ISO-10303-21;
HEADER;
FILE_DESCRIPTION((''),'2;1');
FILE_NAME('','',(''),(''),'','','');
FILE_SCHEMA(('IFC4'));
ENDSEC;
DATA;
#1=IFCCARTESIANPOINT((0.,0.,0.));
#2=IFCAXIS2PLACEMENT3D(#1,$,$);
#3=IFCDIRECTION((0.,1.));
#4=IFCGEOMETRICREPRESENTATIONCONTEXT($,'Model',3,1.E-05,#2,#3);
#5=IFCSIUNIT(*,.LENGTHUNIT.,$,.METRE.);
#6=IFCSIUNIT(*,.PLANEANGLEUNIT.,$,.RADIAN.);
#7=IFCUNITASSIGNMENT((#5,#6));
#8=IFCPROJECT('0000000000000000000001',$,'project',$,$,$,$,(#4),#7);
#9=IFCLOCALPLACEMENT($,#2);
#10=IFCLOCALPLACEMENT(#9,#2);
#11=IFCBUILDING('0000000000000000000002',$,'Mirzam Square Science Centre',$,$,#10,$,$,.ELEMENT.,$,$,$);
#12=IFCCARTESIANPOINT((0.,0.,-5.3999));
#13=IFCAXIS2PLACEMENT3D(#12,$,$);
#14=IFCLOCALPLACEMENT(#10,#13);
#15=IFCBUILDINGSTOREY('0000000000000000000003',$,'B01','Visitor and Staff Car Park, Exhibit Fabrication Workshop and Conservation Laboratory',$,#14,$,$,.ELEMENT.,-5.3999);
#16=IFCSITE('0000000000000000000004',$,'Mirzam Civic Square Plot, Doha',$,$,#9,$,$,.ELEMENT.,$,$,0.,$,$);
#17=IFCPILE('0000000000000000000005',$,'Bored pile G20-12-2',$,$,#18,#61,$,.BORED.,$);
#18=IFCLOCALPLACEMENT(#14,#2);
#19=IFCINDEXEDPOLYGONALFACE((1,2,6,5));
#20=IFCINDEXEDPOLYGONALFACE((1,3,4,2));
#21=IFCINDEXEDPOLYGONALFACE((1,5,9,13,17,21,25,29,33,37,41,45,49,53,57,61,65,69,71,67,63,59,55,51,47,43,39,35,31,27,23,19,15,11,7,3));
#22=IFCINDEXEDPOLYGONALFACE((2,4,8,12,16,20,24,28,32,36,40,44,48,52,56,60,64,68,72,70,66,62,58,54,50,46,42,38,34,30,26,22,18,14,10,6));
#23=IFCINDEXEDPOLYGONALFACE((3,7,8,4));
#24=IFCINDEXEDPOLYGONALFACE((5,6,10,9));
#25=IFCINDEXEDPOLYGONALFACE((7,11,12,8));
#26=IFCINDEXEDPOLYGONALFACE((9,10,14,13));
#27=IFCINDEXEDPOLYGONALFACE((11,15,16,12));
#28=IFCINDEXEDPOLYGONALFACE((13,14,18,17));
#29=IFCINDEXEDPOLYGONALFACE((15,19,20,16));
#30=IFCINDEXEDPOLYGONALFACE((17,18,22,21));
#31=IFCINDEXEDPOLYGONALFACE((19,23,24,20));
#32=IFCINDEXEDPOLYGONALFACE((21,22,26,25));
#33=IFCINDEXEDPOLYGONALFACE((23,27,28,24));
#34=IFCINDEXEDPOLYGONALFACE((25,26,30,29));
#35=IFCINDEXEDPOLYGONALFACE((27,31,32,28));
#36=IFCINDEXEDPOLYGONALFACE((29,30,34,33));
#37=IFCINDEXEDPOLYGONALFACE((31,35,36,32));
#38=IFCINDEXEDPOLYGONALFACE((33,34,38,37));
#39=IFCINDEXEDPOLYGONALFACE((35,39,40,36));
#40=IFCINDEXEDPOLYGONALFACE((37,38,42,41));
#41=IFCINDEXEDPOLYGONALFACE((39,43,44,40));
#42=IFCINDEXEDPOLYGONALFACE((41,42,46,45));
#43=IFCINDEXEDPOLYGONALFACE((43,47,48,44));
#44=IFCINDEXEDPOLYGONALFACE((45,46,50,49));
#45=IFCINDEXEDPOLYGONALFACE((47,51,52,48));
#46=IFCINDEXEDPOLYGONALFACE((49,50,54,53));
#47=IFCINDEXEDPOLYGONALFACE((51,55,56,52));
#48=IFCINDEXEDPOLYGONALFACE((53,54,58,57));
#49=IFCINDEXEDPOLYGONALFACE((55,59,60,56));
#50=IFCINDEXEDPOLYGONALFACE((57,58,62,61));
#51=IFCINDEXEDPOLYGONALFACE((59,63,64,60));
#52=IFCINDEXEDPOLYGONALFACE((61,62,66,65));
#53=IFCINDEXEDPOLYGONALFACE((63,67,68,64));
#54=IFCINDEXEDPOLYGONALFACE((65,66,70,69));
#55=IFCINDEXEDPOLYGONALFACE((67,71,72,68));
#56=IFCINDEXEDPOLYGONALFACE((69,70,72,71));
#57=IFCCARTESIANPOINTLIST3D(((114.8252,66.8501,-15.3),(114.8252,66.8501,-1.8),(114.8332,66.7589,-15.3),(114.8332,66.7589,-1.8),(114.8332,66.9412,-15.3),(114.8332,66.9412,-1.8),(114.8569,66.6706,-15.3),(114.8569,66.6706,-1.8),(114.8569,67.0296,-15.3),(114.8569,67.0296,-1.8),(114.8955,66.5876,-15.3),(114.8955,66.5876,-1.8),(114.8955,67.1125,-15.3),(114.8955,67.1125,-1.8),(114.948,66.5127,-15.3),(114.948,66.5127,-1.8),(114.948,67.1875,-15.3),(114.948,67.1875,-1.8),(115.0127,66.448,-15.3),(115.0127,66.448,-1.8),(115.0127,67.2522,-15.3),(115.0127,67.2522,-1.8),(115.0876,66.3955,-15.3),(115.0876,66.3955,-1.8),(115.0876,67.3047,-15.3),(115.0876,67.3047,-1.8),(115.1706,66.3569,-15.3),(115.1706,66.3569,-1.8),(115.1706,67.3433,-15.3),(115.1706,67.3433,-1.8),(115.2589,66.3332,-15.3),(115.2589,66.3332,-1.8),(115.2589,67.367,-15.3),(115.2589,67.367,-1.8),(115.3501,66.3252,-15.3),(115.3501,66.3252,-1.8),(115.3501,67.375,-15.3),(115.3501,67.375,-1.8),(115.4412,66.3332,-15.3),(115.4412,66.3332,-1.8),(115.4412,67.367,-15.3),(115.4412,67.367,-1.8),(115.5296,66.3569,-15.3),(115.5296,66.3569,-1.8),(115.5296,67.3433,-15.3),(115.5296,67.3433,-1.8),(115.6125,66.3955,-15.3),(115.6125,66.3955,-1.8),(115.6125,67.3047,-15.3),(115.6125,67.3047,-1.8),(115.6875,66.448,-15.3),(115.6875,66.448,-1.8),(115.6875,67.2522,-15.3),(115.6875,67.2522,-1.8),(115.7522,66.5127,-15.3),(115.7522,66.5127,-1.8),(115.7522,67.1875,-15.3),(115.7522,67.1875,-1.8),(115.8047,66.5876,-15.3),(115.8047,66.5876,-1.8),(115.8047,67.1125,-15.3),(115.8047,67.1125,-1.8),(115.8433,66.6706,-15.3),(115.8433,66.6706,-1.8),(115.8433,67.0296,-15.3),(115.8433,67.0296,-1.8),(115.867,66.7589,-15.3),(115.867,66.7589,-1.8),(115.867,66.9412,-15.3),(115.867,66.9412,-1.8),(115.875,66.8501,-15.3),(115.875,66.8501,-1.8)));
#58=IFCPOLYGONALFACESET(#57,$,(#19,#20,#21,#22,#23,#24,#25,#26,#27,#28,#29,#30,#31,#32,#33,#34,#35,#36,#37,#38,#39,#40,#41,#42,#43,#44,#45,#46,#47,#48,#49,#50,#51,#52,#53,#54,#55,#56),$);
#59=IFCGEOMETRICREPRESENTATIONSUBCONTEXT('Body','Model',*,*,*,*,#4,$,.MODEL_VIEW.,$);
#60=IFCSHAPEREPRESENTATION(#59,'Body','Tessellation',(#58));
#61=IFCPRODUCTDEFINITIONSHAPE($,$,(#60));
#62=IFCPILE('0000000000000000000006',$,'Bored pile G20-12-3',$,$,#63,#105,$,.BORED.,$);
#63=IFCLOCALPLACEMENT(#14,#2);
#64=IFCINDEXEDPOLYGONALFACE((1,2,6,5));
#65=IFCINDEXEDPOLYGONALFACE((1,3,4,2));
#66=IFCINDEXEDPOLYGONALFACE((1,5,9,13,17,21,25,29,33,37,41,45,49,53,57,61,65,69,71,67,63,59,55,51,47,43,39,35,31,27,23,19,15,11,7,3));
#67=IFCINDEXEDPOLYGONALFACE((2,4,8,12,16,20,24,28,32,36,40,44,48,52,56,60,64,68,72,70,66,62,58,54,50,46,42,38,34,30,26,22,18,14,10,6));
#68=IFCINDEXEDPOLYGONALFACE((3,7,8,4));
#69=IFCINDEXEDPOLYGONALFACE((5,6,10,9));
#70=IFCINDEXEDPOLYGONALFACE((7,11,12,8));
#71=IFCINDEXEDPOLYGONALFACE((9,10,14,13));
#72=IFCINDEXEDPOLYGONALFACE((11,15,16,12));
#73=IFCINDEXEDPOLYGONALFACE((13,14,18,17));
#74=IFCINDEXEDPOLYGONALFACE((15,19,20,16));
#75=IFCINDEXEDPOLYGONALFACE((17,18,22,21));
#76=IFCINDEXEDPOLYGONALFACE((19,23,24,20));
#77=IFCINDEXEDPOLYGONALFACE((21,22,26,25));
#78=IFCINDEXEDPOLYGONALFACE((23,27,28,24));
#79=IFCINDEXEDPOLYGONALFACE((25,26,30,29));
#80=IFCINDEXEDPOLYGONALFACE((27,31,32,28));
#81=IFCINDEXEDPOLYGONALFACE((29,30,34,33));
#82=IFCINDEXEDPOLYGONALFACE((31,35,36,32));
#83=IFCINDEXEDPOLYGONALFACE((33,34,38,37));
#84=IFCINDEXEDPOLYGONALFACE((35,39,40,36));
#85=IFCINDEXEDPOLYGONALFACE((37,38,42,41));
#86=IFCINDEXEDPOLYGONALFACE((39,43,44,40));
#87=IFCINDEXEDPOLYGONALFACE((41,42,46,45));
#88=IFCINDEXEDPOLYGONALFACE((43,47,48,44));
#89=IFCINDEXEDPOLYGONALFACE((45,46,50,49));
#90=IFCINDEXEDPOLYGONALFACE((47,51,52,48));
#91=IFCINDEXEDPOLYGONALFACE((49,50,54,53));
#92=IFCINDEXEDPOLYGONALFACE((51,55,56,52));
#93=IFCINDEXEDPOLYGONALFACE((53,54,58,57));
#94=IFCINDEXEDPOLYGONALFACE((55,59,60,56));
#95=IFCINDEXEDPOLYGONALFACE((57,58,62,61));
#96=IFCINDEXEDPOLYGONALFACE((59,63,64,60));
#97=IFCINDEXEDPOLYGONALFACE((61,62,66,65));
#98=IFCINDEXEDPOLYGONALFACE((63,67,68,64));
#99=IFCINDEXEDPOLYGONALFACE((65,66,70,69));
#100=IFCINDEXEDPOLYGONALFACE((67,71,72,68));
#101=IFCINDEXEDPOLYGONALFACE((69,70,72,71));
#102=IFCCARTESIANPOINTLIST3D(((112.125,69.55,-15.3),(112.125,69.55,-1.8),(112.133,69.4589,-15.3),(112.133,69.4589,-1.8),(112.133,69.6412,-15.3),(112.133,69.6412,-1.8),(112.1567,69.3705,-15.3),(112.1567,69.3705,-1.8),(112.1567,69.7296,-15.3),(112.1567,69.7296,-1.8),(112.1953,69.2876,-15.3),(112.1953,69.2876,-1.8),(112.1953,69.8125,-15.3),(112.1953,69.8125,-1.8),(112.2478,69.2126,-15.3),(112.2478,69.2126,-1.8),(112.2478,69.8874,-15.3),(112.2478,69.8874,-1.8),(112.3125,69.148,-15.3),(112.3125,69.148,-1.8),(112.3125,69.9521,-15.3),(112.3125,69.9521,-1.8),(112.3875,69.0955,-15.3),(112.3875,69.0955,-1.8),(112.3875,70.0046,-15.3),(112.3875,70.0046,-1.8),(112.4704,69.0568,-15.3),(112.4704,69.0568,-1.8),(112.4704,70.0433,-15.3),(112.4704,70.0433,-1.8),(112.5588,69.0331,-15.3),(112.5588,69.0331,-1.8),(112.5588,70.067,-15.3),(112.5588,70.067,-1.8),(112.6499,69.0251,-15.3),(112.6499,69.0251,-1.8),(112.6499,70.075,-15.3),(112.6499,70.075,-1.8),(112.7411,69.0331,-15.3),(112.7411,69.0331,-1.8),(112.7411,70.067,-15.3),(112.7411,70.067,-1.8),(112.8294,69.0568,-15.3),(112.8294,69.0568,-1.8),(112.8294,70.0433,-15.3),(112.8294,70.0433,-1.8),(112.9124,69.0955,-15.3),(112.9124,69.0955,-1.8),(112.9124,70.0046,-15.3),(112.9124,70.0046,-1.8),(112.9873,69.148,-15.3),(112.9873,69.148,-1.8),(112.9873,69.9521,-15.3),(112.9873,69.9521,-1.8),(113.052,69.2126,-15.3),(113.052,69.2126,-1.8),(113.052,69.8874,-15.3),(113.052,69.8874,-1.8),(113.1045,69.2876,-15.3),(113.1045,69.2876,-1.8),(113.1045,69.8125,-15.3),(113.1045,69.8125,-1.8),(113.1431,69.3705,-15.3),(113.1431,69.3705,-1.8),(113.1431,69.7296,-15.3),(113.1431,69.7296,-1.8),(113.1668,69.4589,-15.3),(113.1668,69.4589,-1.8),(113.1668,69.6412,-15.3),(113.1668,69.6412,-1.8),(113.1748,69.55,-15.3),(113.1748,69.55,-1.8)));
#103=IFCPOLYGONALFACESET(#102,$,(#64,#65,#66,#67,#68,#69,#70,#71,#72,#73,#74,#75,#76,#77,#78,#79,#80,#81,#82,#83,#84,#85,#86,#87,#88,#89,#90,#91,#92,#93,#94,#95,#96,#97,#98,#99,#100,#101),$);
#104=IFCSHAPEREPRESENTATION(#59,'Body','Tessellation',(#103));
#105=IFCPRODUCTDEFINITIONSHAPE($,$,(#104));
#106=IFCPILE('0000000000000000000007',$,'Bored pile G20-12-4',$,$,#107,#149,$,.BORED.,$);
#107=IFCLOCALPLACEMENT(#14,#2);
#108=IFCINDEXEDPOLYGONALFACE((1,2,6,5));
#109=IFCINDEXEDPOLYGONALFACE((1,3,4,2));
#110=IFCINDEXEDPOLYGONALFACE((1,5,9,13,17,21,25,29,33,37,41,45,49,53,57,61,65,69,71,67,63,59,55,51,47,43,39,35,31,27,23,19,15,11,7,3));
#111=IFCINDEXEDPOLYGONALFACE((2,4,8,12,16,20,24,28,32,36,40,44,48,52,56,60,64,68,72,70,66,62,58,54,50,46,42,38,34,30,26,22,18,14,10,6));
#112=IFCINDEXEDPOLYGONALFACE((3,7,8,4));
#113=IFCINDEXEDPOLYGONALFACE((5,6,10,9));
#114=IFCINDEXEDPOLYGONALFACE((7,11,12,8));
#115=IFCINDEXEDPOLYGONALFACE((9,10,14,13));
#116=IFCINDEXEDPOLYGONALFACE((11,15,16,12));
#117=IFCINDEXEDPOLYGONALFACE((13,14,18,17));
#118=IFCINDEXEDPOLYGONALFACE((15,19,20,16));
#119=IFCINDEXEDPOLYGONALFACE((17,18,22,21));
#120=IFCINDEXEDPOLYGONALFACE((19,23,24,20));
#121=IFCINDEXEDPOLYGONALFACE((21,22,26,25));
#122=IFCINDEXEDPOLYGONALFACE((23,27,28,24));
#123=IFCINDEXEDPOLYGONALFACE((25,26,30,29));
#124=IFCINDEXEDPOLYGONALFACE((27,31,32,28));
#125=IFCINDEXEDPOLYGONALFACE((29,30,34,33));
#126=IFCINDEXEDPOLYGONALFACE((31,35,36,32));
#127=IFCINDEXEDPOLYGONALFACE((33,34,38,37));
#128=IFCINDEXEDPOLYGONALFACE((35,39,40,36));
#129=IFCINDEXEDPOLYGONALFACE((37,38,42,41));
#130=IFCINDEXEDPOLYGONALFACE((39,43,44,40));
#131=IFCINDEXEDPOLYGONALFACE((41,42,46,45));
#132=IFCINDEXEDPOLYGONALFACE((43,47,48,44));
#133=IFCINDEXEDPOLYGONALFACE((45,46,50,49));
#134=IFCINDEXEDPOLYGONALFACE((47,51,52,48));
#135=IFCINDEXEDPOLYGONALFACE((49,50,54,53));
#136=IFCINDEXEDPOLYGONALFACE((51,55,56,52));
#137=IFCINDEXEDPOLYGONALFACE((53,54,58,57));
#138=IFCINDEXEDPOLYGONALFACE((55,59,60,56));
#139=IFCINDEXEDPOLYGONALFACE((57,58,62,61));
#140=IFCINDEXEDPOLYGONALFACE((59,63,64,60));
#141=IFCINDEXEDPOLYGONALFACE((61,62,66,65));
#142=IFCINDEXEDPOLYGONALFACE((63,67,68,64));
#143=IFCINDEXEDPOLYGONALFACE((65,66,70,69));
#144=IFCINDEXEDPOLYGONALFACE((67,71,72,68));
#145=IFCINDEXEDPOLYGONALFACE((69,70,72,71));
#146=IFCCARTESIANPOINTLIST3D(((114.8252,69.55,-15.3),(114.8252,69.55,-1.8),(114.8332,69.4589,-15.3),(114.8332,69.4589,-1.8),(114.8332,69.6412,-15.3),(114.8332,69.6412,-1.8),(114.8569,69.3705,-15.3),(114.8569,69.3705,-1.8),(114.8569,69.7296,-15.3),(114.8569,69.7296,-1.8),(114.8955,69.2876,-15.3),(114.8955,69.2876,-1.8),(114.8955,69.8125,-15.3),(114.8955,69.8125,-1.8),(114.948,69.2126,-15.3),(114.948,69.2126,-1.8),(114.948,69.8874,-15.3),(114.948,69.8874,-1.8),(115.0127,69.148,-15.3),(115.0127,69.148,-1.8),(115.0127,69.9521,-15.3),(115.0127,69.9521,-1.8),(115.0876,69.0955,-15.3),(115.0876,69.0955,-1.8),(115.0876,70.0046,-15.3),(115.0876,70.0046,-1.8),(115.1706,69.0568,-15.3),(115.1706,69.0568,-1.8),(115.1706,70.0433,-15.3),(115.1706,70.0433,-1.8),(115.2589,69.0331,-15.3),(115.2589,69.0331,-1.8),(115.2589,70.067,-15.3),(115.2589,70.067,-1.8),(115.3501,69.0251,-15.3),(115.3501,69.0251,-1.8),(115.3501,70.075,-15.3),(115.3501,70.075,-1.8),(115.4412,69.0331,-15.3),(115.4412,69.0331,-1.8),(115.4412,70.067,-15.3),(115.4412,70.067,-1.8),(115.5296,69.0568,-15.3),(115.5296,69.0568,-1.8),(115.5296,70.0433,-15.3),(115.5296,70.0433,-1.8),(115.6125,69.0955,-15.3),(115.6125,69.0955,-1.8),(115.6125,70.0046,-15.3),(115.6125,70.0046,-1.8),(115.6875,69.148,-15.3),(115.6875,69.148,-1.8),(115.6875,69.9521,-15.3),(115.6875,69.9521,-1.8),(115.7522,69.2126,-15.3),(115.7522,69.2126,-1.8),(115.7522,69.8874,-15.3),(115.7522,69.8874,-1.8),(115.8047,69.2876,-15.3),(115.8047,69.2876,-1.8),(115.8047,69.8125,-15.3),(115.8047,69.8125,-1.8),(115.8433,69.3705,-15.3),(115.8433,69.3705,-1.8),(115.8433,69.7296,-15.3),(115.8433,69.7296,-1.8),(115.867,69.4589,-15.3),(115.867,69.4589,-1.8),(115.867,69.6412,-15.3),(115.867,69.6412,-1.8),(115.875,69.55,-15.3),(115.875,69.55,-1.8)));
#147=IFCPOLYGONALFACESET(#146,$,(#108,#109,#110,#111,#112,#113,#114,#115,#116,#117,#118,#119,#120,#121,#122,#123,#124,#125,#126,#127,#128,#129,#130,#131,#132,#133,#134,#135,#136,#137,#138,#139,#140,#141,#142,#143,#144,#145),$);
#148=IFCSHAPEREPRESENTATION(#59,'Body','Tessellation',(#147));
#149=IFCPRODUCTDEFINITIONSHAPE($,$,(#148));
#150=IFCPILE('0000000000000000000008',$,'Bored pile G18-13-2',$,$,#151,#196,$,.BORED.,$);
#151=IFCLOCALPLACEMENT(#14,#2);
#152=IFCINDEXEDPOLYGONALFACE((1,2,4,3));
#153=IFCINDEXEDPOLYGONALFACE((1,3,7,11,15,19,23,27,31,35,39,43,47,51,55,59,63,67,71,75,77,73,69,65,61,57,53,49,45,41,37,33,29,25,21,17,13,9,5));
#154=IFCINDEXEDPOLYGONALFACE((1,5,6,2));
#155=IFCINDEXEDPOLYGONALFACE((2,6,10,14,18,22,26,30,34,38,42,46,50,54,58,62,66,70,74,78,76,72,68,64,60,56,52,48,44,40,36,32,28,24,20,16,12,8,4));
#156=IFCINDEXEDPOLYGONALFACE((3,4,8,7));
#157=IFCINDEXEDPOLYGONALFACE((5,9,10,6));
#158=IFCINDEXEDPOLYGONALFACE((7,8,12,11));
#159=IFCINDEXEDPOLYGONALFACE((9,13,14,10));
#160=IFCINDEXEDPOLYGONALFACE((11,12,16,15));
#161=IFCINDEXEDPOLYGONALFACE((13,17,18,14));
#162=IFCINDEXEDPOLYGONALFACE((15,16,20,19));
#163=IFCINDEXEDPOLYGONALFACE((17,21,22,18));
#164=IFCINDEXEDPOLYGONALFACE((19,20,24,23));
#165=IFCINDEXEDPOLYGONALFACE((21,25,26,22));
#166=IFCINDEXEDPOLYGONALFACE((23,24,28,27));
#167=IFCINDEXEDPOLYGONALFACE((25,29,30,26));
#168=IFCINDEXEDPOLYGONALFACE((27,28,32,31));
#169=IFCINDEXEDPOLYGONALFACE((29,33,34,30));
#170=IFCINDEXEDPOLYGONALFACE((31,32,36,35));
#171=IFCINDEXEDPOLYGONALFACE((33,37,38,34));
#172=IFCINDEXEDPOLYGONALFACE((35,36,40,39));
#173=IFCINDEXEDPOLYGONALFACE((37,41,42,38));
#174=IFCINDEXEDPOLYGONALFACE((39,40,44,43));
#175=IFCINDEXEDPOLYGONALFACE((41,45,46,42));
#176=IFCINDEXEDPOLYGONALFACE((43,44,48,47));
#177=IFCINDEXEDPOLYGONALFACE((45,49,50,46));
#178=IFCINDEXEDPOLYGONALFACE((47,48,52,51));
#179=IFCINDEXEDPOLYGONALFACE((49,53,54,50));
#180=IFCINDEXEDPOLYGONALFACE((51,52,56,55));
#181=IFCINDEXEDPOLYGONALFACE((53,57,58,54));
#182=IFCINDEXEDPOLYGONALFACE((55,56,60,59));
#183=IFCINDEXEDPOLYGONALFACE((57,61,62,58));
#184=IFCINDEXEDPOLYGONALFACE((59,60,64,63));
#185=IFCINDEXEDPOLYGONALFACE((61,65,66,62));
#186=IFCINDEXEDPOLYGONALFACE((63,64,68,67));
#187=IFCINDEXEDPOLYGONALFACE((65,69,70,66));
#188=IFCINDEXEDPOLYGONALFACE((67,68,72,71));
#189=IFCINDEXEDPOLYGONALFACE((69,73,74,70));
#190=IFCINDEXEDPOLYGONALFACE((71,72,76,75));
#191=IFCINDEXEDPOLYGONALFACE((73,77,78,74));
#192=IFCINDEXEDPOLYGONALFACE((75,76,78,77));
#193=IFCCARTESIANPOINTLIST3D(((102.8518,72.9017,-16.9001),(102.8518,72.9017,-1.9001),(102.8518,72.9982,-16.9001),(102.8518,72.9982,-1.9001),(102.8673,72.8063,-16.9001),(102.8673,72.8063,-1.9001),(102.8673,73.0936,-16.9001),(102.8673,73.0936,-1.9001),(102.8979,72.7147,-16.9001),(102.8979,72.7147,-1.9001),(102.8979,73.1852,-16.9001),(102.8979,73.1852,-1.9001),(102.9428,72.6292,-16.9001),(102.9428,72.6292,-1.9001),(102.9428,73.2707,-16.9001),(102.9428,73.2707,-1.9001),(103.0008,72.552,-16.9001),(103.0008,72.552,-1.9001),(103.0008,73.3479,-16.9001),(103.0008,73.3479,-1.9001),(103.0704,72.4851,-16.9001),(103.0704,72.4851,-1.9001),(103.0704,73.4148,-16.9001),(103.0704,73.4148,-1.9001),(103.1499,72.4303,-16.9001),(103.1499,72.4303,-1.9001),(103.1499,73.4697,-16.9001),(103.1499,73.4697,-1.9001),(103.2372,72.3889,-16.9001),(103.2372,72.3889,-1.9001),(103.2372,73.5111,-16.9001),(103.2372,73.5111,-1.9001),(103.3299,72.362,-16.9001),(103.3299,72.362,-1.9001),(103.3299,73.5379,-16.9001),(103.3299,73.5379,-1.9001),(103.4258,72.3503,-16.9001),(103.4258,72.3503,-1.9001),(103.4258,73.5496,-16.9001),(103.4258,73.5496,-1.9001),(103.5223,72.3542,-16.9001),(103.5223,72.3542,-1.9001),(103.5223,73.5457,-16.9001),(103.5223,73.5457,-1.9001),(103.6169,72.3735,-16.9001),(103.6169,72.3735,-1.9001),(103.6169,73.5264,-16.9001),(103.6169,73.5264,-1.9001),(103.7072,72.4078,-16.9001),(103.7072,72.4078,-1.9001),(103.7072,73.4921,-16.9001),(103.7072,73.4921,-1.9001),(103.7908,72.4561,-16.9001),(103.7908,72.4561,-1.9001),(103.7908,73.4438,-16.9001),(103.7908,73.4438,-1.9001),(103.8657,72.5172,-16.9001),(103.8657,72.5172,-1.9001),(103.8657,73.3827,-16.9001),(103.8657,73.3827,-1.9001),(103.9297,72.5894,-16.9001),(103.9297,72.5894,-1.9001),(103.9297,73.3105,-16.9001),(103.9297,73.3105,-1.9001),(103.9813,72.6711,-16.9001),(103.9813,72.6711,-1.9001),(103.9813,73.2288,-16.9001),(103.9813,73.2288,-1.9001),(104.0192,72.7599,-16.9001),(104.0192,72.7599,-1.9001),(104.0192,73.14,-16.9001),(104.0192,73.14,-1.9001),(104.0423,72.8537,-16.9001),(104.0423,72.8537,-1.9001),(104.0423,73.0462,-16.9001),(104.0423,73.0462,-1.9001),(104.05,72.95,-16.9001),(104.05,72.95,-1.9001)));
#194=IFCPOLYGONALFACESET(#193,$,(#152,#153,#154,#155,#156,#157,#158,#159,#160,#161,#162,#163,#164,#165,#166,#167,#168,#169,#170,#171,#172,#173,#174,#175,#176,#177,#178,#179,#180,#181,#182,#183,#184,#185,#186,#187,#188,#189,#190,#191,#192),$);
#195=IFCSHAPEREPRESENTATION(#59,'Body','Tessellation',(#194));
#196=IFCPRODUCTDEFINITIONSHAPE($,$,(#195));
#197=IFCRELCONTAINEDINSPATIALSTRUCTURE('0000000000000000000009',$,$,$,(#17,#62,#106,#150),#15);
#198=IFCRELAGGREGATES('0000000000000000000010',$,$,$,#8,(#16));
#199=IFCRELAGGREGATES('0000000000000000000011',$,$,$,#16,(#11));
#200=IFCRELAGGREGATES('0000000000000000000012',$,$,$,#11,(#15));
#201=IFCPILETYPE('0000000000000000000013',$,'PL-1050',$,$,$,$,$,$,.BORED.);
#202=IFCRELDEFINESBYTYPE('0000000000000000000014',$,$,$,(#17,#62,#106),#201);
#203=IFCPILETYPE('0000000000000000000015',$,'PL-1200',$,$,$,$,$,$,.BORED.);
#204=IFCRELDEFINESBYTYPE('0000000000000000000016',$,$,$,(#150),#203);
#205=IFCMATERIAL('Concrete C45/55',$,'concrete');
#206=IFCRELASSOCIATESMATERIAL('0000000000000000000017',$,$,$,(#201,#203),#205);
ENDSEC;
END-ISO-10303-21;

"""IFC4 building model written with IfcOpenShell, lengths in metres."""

from ifc_helpers import new_model, si_unit, direction, frame, origin, origin_2d, place, context, subcontext, project, spatial, circle, extrude, material, material_profile, profile_set, type_object, element, save


model = new_model("IFC4")

# Units and contexts
model_context = context("Model", 3, precision=1e-05, world=origin(), true_north=direction((0.0, 1.0)))
body_context = subcontext(model_context, "Body", "Model", "MODEL_VIEW")
ifc_project = project(units=[si_unit("LENGTHUNIT", "METRE"), si_unit("PLANEANGLEUNIT", "RADIAN")], contexts=[model_context])

# Site, building, storey
site_placement = place(None, origin())
site = spatial("IfcSite", under=ifc_project, at=site_placement, Name="Mirzam Civic Square Plot, Doha", CompositionType="ELEMENT", RefElevation=0.0)
building_placement = place(site_placement, origin())
building = spatial("IfcBuilding", under=site, at=building_placement, Name="Mirzam Square Science Centre", CompositionType="ELEMENT")
storey_placement = place(building_placement, frame((0.0, 0.0, -5.3999)))
storey = spatial("IfcBuildingStorey", under=building, at=storey_placement, Name="B01", Description="Visitor and Staff Car Park, Exhibit Fabrication Workshop and Conservation Laboratory", CompositionType="ELEMENT", Elevation=-5.3999)

# Shared definitions
ifc_material_1 = material(Name="Concrete C45/55", Category="concrete")

# Piles
ifc_material_profile_1 = material_profile(ifc_material_1, circle(Radius=0.5249, at=origin_2d()), Name="PILE-D1050")
ifc_profile_set_1 = profile_set([ifc_material_profile_1], Name="Concrete C45/55")
pile_type_1 = type_object("IfcPileType", Name="PL-1050", PredefinedType="BORED", material=ifc_profile_set_1)
for number, where, z_axis, x_axis, name in (
    (1, (115.3501, 66.8501, -1.8), (0.0, 0.0, -1.0), (1.0, 0.0, 0.0), "Bored pile G20-12-2"),
    (2, (112.6499, 69.55, -1.8), (0.0, 0.0, -1.0), (1.0, 0.0, 0.0), "Bored pile G20-12-3"),
    (3, (115.3501, 69.55, -1.8), (0.0, 0.0, -1.0), (1.0, 0.0, 0.0), "Bored pile G20-12-4"),
):
    element("IfcPile", number, at=place(storey_placement, frame(where, z_axis=z_axis, x_axis=x_axis)), inside=storey, type_object=pile_type_1, Name=name, PredefinedType="BORED", context=body_context, shape_type="SweptSolid", body=[
        extrude(circle(Radius=0.5249, at=origin_2d()), origin(), (0.0, 0.0, 1.0), 13.5),
    ])
ifc_material_profile_2 = material_profile(ifc_material_1, circle(Radius=0.6001, at=origin_2d()), Name="PILE-D1200")
ifc_profile_set_2 = profile_set([ifc_material_profile_2], Name="Concrete C45/55")
pile_type_2 = type_object("IfcPileType", Name="PL-1200", PredefinedType="BORED", material=ifc_profile_set_2)
for number, where, z_axis, x_axis, name in (
    (4, (103.45, 72.95, -1.9001), (0.0, 0.0, -1.0), (1.0, 0.0, 0.0), "Bored pile G18-13-2"),
):
    element("IfcPile", number, at=place(storey_placement, frame(where, z_axis=z_axis, x_axis=x_axis)), inside=storey, type_object=pile_type_2, Name=name, PredefinedType="BORED", context=body_context, shape_type="SweptSolid", body=[
        extrude(circle(Radius=0.6001, at=origin_2d()), origin(), (0.0, 0.0, 1.0), 15.0),
    ])

save(model, "model.ifc")
